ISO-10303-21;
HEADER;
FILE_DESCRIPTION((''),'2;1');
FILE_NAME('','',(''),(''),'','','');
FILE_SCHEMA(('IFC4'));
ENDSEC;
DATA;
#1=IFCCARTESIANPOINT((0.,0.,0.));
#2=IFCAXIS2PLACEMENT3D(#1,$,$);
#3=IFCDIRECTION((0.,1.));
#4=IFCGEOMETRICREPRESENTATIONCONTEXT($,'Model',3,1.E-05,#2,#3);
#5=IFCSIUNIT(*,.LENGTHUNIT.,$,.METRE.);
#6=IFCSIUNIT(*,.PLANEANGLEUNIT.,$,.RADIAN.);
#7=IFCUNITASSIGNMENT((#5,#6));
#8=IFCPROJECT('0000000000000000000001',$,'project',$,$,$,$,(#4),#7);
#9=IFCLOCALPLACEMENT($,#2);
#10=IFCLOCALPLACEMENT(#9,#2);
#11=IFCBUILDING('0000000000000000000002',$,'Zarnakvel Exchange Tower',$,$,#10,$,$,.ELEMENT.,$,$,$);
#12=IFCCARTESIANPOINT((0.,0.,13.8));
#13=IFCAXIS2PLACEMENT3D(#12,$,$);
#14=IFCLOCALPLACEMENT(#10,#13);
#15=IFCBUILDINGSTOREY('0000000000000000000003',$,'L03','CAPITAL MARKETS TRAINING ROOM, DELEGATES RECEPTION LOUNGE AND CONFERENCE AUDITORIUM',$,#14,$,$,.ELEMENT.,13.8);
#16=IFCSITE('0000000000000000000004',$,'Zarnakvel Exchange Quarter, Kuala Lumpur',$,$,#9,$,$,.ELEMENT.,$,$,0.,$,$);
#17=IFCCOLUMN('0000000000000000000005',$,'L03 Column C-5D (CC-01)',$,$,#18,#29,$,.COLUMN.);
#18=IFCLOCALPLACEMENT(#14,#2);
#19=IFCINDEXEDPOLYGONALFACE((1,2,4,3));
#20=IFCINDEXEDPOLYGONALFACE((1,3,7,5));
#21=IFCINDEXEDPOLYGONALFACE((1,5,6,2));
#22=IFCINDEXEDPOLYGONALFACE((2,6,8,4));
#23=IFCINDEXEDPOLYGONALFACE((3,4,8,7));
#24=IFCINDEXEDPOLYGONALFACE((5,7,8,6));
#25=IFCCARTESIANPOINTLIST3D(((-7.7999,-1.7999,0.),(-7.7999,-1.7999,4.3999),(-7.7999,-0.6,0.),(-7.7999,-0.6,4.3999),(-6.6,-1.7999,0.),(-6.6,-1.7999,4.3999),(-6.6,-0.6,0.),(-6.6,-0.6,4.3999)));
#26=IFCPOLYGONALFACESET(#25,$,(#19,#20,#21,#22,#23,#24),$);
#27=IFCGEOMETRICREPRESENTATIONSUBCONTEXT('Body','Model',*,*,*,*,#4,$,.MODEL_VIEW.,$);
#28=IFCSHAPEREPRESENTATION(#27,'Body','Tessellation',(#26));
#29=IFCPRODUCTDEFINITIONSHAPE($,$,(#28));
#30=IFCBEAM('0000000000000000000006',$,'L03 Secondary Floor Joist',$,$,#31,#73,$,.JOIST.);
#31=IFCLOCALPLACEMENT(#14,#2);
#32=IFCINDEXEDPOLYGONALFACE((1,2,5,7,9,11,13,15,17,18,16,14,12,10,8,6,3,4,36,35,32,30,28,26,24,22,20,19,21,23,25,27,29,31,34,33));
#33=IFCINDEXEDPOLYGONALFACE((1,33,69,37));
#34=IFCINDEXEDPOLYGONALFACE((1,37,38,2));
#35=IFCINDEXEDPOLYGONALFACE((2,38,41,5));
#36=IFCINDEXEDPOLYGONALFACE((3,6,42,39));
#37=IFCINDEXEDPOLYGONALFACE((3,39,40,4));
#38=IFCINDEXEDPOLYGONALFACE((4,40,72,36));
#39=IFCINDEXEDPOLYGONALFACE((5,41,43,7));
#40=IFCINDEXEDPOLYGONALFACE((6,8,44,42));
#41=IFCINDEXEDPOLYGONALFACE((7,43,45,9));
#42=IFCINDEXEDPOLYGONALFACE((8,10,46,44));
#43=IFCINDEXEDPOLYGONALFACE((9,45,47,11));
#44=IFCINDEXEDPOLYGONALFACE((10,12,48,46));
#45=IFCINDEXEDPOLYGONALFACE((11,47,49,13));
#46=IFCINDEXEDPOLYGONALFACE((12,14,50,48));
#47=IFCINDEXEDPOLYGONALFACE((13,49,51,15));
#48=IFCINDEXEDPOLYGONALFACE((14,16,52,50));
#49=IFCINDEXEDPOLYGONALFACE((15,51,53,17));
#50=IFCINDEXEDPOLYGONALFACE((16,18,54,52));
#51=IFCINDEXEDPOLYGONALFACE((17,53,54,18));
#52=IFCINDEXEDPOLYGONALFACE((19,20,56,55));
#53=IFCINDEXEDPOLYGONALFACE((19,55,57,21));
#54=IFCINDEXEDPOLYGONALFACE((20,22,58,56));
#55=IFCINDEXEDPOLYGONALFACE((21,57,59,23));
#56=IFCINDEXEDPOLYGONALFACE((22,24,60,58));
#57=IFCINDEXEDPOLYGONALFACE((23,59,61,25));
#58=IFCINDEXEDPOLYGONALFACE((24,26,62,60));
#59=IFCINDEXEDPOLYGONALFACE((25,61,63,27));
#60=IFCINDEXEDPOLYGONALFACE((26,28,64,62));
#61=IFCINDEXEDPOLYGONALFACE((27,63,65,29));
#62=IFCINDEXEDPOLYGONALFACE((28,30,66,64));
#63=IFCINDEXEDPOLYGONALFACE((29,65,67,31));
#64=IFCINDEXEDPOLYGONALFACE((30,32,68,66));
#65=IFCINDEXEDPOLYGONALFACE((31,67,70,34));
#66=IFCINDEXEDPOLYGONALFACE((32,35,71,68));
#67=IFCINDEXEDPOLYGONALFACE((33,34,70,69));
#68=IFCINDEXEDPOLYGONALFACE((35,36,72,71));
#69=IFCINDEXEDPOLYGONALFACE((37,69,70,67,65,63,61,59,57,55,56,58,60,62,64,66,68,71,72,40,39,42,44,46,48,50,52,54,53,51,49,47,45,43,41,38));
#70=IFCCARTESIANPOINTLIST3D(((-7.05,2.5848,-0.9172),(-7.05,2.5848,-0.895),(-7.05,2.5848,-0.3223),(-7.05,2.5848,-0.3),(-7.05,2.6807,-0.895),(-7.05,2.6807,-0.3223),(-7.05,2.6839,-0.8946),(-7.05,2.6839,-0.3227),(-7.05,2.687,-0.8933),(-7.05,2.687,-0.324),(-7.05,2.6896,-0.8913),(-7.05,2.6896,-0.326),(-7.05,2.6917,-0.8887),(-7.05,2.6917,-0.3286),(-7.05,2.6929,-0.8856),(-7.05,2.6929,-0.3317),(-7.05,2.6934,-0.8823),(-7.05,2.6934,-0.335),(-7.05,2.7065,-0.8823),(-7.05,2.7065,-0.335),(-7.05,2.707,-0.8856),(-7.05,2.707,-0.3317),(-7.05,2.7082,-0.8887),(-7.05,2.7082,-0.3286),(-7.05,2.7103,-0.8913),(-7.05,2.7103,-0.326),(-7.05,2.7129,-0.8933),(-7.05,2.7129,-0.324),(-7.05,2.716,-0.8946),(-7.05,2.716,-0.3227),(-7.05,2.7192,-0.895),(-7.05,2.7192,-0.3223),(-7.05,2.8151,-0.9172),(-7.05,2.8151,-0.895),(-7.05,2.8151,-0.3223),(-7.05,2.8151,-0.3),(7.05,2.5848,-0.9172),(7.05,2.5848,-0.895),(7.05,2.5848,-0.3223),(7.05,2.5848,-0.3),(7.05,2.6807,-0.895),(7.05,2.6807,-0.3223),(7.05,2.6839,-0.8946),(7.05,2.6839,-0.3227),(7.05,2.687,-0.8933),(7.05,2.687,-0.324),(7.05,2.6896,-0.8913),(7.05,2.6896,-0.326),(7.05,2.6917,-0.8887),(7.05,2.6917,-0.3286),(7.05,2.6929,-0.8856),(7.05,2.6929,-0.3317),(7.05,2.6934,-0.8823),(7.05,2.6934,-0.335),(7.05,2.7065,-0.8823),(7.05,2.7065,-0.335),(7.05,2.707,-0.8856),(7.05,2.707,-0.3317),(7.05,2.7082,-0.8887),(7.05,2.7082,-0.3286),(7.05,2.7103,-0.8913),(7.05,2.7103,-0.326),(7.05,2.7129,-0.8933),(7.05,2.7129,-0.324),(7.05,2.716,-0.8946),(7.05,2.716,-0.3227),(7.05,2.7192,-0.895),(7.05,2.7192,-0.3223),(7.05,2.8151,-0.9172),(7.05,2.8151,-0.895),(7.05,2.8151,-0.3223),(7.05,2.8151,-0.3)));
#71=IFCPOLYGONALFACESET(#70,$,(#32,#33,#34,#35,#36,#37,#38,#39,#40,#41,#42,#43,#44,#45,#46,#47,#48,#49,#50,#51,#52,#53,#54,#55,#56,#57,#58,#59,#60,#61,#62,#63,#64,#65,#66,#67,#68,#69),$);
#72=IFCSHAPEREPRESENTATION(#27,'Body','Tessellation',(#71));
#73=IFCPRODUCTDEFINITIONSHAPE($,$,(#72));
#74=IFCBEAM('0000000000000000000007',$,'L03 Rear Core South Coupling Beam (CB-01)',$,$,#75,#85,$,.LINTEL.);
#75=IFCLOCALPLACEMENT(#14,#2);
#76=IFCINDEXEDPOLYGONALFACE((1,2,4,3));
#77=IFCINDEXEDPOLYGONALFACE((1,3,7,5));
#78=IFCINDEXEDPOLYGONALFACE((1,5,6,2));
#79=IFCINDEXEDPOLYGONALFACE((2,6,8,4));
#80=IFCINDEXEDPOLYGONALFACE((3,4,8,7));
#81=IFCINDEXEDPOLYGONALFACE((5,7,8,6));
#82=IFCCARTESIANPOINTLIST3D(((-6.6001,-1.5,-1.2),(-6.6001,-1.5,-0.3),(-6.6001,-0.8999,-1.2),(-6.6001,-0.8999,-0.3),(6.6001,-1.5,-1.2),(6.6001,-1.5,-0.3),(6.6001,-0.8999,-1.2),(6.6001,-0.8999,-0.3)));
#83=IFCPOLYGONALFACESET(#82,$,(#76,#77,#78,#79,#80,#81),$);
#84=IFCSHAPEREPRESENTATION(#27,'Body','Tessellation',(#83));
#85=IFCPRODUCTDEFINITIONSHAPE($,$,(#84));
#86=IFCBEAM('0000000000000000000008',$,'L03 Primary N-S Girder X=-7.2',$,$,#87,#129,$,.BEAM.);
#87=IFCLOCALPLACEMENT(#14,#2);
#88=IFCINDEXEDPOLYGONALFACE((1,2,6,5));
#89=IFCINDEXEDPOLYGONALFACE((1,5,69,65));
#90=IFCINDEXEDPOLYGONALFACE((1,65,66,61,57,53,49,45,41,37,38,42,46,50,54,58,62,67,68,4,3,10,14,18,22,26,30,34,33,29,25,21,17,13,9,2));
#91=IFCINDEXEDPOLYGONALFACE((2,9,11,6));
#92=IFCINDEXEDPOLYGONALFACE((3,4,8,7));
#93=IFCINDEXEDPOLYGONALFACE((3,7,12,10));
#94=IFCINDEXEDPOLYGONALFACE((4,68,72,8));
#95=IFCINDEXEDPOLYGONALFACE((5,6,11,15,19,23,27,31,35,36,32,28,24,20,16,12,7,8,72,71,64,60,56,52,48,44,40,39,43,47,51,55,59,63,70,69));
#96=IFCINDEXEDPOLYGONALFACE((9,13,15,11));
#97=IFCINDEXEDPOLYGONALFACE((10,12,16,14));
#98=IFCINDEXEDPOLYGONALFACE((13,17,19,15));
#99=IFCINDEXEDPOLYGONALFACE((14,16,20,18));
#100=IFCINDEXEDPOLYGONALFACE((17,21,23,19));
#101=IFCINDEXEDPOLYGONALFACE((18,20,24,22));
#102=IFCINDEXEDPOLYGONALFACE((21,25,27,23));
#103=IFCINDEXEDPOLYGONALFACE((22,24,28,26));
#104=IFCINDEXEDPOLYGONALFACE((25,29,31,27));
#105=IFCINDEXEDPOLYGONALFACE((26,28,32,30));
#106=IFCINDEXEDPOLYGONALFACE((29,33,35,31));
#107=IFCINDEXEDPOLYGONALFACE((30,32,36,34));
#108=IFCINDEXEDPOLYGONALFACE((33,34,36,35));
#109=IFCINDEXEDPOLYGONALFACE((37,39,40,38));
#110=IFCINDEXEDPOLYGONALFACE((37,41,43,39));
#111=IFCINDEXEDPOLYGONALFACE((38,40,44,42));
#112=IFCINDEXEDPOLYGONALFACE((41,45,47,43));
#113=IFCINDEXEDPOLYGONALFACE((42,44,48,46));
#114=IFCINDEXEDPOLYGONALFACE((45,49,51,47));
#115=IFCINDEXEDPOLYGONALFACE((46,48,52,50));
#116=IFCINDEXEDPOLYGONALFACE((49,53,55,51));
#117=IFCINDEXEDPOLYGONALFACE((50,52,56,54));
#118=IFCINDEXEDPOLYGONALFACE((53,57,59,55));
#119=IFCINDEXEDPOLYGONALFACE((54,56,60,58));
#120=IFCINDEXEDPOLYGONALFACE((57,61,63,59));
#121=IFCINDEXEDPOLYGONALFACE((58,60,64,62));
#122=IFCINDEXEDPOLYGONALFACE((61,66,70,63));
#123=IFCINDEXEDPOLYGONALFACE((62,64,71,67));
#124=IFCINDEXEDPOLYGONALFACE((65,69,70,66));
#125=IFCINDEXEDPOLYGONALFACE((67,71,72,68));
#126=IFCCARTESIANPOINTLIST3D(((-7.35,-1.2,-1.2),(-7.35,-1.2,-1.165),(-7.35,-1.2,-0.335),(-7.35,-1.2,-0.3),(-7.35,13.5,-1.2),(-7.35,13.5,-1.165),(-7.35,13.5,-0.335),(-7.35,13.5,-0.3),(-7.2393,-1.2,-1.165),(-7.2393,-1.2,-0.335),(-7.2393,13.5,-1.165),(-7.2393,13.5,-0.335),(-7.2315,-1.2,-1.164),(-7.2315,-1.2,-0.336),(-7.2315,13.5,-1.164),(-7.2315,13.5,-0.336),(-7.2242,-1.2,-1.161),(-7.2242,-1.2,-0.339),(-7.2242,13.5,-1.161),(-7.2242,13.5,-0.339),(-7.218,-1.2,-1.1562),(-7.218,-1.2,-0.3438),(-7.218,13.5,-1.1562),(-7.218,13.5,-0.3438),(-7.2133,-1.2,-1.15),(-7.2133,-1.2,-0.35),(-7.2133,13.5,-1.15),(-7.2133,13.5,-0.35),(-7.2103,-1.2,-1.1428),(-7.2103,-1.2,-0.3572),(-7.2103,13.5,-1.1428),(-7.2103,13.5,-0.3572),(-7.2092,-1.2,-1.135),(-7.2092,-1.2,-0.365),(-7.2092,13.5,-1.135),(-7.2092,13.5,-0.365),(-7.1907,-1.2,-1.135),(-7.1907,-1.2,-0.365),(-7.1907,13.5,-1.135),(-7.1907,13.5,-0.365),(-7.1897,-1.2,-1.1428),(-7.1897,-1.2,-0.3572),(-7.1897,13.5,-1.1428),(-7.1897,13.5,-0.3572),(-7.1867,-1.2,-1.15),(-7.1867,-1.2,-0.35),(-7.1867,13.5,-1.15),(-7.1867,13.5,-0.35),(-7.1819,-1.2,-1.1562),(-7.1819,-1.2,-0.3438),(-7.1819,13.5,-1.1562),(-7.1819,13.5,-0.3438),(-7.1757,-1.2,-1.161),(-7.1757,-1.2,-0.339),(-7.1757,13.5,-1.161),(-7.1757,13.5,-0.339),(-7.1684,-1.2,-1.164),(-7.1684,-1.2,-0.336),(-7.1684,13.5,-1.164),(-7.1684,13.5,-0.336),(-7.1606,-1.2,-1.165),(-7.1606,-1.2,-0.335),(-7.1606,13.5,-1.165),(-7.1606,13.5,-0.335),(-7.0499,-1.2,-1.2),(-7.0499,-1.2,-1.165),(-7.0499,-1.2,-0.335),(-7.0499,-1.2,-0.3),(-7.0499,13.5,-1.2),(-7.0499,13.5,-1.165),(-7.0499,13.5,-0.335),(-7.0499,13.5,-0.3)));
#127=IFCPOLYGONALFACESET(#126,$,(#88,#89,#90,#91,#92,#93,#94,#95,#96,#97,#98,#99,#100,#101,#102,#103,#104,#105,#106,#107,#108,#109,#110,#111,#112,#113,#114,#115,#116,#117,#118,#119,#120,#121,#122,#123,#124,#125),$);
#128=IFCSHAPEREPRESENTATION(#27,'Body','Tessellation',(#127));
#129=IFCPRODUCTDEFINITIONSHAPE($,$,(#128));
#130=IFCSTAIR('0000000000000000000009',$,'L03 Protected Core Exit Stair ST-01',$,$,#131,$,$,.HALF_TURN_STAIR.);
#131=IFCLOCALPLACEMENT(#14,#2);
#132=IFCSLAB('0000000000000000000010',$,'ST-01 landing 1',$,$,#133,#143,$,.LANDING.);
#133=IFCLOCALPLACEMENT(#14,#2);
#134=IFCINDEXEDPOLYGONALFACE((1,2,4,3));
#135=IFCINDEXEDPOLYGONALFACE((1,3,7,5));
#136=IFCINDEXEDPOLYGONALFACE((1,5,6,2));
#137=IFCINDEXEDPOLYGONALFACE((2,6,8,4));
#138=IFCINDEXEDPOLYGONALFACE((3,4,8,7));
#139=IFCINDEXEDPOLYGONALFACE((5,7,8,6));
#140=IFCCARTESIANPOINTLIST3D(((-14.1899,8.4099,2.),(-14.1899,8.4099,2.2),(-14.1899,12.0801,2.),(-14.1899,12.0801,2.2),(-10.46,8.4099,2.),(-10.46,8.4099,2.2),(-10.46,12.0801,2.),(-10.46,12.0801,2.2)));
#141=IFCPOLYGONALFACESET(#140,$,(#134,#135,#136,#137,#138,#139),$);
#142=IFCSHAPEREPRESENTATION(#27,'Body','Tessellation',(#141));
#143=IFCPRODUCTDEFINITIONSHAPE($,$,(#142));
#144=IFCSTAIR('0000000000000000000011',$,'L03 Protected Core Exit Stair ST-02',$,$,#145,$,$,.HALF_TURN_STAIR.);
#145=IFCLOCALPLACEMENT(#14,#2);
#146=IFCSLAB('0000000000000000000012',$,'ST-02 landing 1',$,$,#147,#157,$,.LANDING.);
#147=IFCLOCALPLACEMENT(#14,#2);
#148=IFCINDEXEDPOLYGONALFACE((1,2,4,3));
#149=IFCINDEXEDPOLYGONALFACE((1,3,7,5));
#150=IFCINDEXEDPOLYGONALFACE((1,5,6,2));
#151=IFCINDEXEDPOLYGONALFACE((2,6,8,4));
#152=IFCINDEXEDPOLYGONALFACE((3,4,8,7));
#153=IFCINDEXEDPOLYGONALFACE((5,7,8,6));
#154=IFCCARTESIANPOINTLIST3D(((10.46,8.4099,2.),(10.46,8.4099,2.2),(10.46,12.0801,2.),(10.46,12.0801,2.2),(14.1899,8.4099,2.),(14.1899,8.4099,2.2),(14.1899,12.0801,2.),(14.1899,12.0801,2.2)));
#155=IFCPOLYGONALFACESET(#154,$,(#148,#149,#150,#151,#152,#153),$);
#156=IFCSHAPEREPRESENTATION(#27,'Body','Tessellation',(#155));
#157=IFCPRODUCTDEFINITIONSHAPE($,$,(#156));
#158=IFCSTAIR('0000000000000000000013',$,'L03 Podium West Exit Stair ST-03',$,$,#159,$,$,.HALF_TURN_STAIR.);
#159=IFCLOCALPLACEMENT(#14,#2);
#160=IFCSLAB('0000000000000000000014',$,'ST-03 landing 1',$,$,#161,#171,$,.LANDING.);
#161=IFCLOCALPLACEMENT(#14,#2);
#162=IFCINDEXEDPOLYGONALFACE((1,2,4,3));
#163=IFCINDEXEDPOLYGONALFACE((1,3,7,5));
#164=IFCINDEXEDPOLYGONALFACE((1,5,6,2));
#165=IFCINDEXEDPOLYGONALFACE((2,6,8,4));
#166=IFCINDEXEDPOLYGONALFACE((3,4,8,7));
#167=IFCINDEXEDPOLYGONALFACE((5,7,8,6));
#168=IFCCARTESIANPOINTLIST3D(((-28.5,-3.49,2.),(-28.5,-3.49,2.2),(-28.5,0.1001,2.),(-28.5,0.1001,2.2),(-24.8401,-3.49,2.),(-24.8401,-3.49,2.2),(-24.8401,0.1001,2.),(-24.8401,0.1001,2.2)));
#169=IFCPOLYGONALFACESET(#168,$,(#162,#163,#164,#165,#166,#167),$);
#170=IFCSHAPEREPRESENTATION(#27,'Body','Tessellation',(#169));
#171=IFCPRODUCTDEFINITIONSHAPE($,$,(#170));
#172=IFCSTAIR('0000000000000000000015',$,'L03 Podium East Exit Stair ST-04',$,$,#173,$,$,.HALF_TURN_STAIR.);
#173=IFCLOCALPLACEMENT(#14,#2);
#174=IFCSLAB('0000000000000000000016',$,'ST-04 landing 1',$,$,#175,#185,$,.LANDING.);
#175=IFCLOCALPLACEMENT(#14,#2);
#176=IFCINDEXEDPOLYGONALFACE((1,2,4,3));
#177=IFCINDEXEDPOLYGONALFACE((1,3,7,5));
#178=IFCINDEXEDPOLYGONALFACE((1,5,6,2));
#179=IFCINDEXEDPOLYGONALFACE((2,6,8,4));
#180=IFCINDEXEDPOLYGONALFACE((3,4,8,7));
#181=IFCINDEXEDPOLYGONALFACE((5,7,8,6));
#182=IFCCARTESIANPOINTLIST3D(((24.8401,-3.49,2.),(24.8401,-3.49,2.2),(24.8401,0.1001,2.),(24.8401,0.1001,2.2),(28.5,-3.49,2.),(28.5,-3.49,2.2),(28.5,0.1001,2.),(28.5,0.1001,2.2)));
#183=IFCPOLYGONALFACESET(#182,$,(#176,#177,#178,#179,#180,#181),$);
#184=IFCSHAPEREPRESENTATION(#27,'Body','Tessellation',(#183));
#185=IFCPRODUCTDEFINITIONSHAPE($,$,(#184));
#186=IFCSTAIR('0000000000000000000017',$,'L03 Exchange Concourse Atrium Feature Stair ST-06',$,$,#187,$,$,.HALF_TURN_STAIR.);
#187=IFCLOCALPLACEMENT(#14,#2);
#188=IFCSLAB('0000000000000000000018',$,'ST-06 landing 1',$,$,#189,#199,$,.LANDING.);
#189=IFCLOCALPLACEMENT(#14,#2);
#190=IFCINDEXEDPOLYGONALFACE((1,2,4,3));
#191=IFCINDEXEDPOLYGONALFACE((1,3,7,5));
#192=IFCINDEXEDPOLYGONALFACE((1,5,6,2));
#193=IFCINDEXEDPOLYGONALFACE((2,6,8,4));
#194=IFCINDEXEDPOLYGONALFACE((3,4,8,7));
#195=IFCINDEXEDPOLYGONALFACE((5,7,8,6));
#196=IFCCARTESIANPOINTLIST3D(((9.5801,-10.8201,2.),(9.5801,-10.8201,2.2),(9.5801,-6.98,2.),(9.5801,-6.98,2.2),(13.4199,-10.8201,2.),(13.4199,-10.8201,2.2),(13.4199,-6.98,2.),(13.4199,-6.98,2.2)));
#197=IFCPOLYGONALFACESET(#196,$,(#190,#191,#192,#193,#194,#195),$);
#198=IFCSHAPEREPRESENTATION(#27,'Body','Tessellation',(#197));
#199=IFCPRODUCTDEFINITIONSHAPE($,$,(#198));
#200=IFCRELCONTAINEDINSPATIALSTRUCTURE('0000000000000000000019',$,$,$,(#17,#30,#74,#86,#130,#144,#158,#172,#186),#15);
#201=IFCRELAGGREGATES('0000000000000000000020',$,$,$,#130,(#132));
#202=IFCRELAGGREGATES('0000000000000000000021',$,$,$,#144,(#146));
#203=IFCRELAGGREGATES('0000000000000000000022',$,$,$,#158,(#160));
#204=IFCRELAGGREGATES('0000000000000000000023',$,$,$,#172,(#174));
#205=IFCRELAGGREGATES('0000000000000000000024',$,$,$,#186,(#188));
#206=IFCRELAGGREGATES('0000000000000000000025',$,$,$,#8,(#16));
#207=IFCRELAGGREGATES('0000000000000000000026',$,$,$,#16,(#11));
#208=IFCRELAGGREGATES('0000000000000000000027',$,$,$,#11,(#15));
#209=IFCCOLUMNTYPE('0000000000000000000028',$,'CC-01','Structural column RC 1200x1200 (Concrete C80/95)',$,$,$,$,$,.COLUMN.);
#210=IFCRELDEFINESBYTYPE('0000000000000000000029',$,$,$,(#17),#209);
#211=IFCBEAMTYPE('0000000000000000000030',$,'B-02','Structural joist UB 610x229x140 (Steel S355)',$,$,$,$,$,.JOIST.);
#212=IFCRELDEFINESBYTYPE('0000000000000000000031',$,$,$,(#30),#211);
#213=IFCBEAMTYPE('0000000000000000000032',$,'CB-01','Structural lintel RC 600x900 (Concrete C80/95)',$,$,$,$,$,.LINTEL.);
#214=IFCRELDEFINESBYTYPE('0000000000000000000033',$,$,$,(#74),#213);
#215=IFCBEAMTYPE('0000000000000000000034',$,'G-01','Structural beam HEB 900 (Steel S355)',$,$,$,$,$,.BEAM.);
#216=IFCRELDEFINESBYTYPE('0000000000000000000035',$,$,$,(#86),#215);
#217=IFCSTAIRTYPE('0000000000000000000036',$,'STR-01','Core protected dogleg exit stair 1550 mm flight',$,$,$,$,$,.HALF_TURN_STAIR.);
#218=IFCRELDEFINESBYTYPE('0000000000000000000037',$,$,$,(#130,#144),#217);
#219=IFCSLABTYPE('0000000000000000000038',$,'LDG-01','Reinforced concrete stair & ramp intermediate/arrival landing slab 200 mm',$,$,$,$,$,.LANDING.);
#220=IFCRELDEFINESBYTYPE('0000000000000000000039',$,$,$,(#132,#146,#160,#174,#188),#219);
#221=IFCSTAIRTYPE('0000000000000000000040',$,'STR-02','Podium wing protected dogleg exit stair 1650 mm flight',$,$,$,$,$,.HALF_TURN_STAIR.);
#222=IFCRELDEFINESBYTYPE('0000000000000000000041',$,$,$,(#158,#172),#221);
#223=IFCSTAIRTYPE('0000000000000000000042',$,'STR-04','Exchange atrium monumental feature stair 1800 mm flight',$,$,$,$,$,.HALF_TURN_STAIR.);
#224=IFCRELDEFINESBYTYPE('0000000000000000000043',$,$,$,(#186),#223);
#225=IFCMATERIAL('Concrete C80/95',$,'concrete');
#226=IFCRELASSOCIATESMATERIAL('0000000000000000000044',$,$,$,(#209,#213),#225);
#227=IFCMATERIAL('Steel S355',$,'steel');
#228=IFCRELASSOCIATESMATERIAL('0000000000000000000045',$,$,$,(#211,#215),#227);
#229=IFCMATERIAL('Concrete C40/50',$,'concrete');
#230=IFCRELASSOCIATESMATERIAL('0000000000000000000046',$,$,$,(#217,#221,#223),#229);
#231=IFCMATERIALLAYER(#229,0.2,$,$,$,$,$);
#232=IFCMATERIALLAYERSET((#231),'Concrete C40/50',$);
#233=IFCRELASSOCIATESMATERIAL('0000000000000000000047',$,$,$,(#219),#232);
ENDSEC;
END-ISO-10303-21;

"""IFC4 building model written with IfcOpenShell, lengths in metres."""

from ifc_helpers import new_model, si_unit, direction, frame, origin, origin_2d, place, context, subcontext, project, spatial, polyline, rectangle, i_section, outline, extrude, material, layer, layer_set, material_profile, profile_set, type_object, element, aggregate, save


model = new_model("IFC4")

# Units and contexts
model_context = context("Model", 3, precision=1e-05, world=origin(), true_north=direction((0.0, 1.0)))
body_context = subcontext(model_context, "Body", "Model", "MODEL_VIEW")
ifc_project = project(units=[si_unit("LENGTHUNIT", "METRE"), si_unit("PLANEANGLEUNIT", "RADIAN")], contexts=[model_context])

# Site, building, storey
site_placement = place(None, origin())
site = spatial("IfcSite", under=ifc_project, at=site_placement, Name="Zarnakvel Exchange Quarter, Kuala Lumpur", CompositionType="ELEMENT", RefElevation=0.0)
building_placement = place(site_placement, origin())
building = spatial("IfcBuilding", under=site, at=building_placement, Name="Zarnakvel Exchange Tower", CompositionType="ELEMENT")
storey_placement = place(building_placement, frame((0.0, 0.0, 13.8)))
storey = spatial("IfcBuildingStorey", under=building, at=storey_placement, Name="L03", Description="CAPITAL MARKETS TRAINING ROOM, DELEGATES RECEPTION LOUNGE AND CONFERENCE AUDITORIUM", CompositionType="ELEMENT", Elevation=13.8)

# Column
ifc_material_1 = material(Name="Concrete C80/95", Category="concrete")
ifc_material_profile_1 = material_profile(ifc_material_1, rectangle(XDim=1.2, YDim=1.2, at=origin_2d()))
ifc_profile_set_1 = profile_set([ifc_material_profile_1], Name="Concrete C80/95")
column_type = type_object("IfcColumnType", Name="CC-01", Description="Structural column RC 1200x1200 (Concrete C80/95)", PredefinedType="COLUMN", material=ifc_profile_set_1)
column_placement = place(storey_placement, frame((-7.2, -1.2, 0.0), z_axis=(0.0, 0.0, 1.0), x_axis=(1.0, 0.0, 0.0)))
element("IfcColumn", 1, at=column_placement, inside=storey, type_object=column_type, Name="L03 Column C-5D (CC-01)", PredefinedType="COLUMN", context=body_context, shape_type="SweptSolid", body=[
    extrude(rectangle(XDim=1.2, YDim=1.2, at=origin_2d()), origin(), (0.0, 0.0, 1.0), 4.3999),
])

# Beams
ifc_material_2 = material(Name="Steel S355", Category="steel")
ifc_material_profile_2 = material_profile(ifc_material_2, i_section(OverallWidth=0.2302, OverallDepth=0.6172, WebThickness=0.0132, FlangeThickness=0.0222, FilletRadius=0.0127, at=origin_2d()))
ifc_profile_set_2 = profile_set([ifc_material_profile_2], Name="Steel S355")
beam_type_1 = type_object("IfcBeamType", Name="B-02", Description="Structural joist UB 610x229x140 (Steel S355)", PredefinedType="JOIST", material=ifc_profile_set_2)
beam_1_placement = place(storey_placement, frame((-7.05, 2.7, -0.6086), z_axis=(1.0, 0.0, 0.0), x_axis=(0.0, 1.0, 0.0)))
element("IfcBeam", 2, at=beam_1_placement, inside=storey, type_object=beam_type_1, Name="L03 Secondary Floor Joist", PredefinedType="JOIST", context=body_context, shape_type="SweptSolid", body=[
    extrude(i_section(OverallWidth=0.2302, OverallDepth=0.6172, WebThickness=0.0132, FlangeThickness=0.0222, FilletRadius=0.0127, at=origin_2d()), origin(), (0.0, 0.0, 1.0), 14.1001),
])
ifc_material_profile_3 = material_profile(ifc_material_1, rectangle(XDim=0.6001, YDim=0.8999, at=origin_2d()))
ifc_profile_set_3 = profile_set([ifc_material_profile_3], Name="Concrete C80/95")
beam_type_2 = type_object("IfcBeamType", Name="CB-01", Description="Structural lintel RC 600x900 (Concrete C80/95)", PredefinedType="LINTEL", material=ifc_profile_set_3)
beam_2_placement = place(storey_placement, frame((-6.6001, -1.2, -0.75), z_axis=(1.0, 0.0, 0.0), x_axis=(0.0, 1.0, 0.0)))
element("IfcBeam", 3, at=beam_2_placement, inside=storey, type_object=beam_type_2, Name="L03 Rear Core South Coupling Beam (CB-01)", PredefinedType="LINTEL", context=body_context, shape_type="SweptSolid", body=[
    extrude(rectangle(XDim=0.6001, YDim=0.8999, at=origin_2d()), origin(), (0.0, 0.0, 1.0), 13.2002),
])
ifc_material_profile_4 = material_profile(ifc_material_2, i_section(OverallWidth=0.3, OverallDepth=0.8999, WebThickness=0.0186, FlangeThickness=0.0349, FilletRadius=0.03, at=origin_2d()))
ifc_profile_set_4 = profile_set([ifc_material_profile_4], Name="Steel S355")
beam_type_3 = type_object("IfcBeamType", Name="G-01", Description="Structural beam HEB 900 (Steel S355)", PredefinedType="BEAM", material=ifc_profile_set_4)
beam_3_placement = place(storey_placement, frame((-7.2, -1.2, -0.75), z_axis=(0.0, 1.0, 0.0), x_axis=(-1.0, 0.0, 0.0)))
element("IfcBeam", 4, at=beam_3_placement, inside=storey, type_object=beam_type_3, Name="L03 Primary N-S Girder X=-7.2", PredefinedType="BEAM", context=body_context, shape_type="SweptSolid", body=[
    extrude(i_section(OverallWidth=0.3, OverallDepth=0.8999, WebThickness=0.0186, FlangeThickness=0.0349, FilletRadius=0.03, at=origin_2d()), origin(), (0.0, 0.0, 1.0), 14.7),
])

# Stairs, slabs
ifc_material_3 = material(Name="Concrete C40/50", Category="concrete")
stair_type_1 = type_object("IfcStairType", Name="STR-01", Description="Core protected dogleg exit stair 1550 mm flight", PredefinedType="HALF_TURN_STAIR", material=ifc_material_3)
stair_1_placement = place(storey_placement, origin())
stair_1 = element("IfcStair", 5, at=stair_1_placement, inside=storey, type_object=stair_type_1, Name="L03 Protected Core Exit Stair ST-01", PredefinedType="HALF_TURN_STAIR")
ifc_layer_1 = layer(ifc_material_3, 0.2)
ifc_layer_set_1 = layer_set([ifc_layer_1], Name="Concrete C40/50")
slab_type_1 = type_object("IfcSlabType", Name="LDG-01", Description="Reinforced concrete stair & ramp intermediate/arrival landing slab 200 mm", PredefinedType="LANDING", material=ifc_layer_set_1)
slab_1_placement = place(storey_placement, frame((0.0, 0.0, 2.0)))
slab_1 = element("IfcSlab", 6, at=slab_1_placement, type_object=slab_type_1, Name="ST-01 landing 1", PredefinedType="LANDING", context=body_context, shape_type="SweptSolid", body=[
    extrude(outline(polyline([(-14.1899, 8.4099), (-10.46, 8.4099), (-10.46, 12.0801), (-14.1899, 12.0801), (-14.1899, 8.4099)])), origin(), (0.0, 0.0, 1.0), 0.2),
])
aggregate(stair_1, [slab_1])
stair_2_placement = place(storey_placement, origin())
stair_2 = element("IfcStair", 7, at=stair_2_placement, inside=storey, type_object=stair_type_1, Name="L03 Protected Core Exit Stair ST-02", PredefinedType="HALF_TURN_STAIR")
slab_2_placement = place(storey_placement, frame((0.0, 0.0, 2.0)))
slab_2 = element("IfcSlab", 8, at=slab_2_placement, type_object=slab_type_1, Name="ST-02 landing 1", PredefinedType="LANDING", context=body_context, shape_type="SweptSolid", body=[
    extrude(outline(polyline([(10.46, 8.4099), (14.1899, 8.4099), (14.1899, 12.0801), (10.46, 12.0801), (10.46, 8.4099)])), origin(), (0.0, 0.0, 1.0), 0.2),
])
aggregate(stair_2, [slab_2])
stair_type_2 = type_object("IfcStairType", Name="STR-02", Description="Podium wing protected dogleg exit stair 1650 mm flight", PredefinedType="HALF_TURN_STAIR", material=ifc_material_3)
stair_3_placement = place(storey_placement, origin())
stair_3 = element("IfcStair", 9, at=stair_3_placement, inside=storey, type_object=stair_type_2, Name="L03 Podium West Exit Stair ST-03", PredefinedType="HALF_TURN_STAIR")
slab_3_placement = place(storey_placement, frame((0.0, 0.0, 2.0)))
slab_3 = element("IfcSlab", 10, at=slab_3_placement, type_object=slab_type_1, Name="ST-03 landing 1", PredefinedType="LANDING", context=body_context, shape_type="SweptSolid", body=[
    extrude(outline(polyline([(-28.5, -3.49), (-24.8401, -3.49), (-24.8401, 0.1001), (-28.5, 0.1001), (-28.5, -3.49)])), origin(), (0.0, 0.0, 1.0), 0.2),
])
aggregate(stair_3, [slab_3])
stair_4_placement = place(storey_placement, origin())
stair_4 = element("IfcStair", 11, at=stair_4_placement, inside=storey, type_object=stair_type_2, Name="L03 Podium East Exit Stair ST-04", PredefinedType="HALF_TURN_STAIR")
slab_4_placement = place(storey_placement, frame((0.0, 0.0, 2.0)))
slab_4 = element("IfcSlab", 12, at=slab_4_placement, type_object=slab_type_1, Name="ST-04 landing 1", PredefinedType="LANDING", context=body_context, shape_type="SweptSolid", body=[
    extrude(outline(polyline([(24.8401, -3.49), (28.5, -3.49), (28.5, 0.1001), (24.8401, 0.1001), (24.8401, -3.49)])), origin(), (0.0, 0.0, 1.0), 0.2),
])
aggregate(stair_4, [slab_4])
stair_type_3 = type_object("IfcStairType", Name="STR-04", Description="Exchange atrium monumental feature stair 1800 mm flight", PredefinedType="HALF_TURN_STAIR", material=ifc_material_3)
stair_5_placement = place(storey_placement, origin())
stair_5 = element("IfcStair", 13, at=stair_5_placement, inside=storey, type_object=stair_type_3, Name="L03 Exchange Concourse Atrium Feature Stair ST-06", PredefinedType="HALF_TURN_STAIR")
slab_5_placement = place(storey_placement, frame((0.0, 0.0, 2.0)))
slab_5 = element("IfcSlab", 14, at=slab_5_placement, type_object=slab_type_1, Name="ST-06 landing 1", PredefinedType="LANDING", context=body_context, shape_type="SweptSolid", body=[
    extrude(outline(polyline([(9.5801, -10.8201), (13.4199, -10.8201), (13.4199, -6.98), (9.5801, -6.98), (9.5801, -10.8201)])), origin(), (0.0, 0.0, 1.0), 0.2),
])
aggregate(stair_5, [slab_5])

save(model, "model.ifc")
